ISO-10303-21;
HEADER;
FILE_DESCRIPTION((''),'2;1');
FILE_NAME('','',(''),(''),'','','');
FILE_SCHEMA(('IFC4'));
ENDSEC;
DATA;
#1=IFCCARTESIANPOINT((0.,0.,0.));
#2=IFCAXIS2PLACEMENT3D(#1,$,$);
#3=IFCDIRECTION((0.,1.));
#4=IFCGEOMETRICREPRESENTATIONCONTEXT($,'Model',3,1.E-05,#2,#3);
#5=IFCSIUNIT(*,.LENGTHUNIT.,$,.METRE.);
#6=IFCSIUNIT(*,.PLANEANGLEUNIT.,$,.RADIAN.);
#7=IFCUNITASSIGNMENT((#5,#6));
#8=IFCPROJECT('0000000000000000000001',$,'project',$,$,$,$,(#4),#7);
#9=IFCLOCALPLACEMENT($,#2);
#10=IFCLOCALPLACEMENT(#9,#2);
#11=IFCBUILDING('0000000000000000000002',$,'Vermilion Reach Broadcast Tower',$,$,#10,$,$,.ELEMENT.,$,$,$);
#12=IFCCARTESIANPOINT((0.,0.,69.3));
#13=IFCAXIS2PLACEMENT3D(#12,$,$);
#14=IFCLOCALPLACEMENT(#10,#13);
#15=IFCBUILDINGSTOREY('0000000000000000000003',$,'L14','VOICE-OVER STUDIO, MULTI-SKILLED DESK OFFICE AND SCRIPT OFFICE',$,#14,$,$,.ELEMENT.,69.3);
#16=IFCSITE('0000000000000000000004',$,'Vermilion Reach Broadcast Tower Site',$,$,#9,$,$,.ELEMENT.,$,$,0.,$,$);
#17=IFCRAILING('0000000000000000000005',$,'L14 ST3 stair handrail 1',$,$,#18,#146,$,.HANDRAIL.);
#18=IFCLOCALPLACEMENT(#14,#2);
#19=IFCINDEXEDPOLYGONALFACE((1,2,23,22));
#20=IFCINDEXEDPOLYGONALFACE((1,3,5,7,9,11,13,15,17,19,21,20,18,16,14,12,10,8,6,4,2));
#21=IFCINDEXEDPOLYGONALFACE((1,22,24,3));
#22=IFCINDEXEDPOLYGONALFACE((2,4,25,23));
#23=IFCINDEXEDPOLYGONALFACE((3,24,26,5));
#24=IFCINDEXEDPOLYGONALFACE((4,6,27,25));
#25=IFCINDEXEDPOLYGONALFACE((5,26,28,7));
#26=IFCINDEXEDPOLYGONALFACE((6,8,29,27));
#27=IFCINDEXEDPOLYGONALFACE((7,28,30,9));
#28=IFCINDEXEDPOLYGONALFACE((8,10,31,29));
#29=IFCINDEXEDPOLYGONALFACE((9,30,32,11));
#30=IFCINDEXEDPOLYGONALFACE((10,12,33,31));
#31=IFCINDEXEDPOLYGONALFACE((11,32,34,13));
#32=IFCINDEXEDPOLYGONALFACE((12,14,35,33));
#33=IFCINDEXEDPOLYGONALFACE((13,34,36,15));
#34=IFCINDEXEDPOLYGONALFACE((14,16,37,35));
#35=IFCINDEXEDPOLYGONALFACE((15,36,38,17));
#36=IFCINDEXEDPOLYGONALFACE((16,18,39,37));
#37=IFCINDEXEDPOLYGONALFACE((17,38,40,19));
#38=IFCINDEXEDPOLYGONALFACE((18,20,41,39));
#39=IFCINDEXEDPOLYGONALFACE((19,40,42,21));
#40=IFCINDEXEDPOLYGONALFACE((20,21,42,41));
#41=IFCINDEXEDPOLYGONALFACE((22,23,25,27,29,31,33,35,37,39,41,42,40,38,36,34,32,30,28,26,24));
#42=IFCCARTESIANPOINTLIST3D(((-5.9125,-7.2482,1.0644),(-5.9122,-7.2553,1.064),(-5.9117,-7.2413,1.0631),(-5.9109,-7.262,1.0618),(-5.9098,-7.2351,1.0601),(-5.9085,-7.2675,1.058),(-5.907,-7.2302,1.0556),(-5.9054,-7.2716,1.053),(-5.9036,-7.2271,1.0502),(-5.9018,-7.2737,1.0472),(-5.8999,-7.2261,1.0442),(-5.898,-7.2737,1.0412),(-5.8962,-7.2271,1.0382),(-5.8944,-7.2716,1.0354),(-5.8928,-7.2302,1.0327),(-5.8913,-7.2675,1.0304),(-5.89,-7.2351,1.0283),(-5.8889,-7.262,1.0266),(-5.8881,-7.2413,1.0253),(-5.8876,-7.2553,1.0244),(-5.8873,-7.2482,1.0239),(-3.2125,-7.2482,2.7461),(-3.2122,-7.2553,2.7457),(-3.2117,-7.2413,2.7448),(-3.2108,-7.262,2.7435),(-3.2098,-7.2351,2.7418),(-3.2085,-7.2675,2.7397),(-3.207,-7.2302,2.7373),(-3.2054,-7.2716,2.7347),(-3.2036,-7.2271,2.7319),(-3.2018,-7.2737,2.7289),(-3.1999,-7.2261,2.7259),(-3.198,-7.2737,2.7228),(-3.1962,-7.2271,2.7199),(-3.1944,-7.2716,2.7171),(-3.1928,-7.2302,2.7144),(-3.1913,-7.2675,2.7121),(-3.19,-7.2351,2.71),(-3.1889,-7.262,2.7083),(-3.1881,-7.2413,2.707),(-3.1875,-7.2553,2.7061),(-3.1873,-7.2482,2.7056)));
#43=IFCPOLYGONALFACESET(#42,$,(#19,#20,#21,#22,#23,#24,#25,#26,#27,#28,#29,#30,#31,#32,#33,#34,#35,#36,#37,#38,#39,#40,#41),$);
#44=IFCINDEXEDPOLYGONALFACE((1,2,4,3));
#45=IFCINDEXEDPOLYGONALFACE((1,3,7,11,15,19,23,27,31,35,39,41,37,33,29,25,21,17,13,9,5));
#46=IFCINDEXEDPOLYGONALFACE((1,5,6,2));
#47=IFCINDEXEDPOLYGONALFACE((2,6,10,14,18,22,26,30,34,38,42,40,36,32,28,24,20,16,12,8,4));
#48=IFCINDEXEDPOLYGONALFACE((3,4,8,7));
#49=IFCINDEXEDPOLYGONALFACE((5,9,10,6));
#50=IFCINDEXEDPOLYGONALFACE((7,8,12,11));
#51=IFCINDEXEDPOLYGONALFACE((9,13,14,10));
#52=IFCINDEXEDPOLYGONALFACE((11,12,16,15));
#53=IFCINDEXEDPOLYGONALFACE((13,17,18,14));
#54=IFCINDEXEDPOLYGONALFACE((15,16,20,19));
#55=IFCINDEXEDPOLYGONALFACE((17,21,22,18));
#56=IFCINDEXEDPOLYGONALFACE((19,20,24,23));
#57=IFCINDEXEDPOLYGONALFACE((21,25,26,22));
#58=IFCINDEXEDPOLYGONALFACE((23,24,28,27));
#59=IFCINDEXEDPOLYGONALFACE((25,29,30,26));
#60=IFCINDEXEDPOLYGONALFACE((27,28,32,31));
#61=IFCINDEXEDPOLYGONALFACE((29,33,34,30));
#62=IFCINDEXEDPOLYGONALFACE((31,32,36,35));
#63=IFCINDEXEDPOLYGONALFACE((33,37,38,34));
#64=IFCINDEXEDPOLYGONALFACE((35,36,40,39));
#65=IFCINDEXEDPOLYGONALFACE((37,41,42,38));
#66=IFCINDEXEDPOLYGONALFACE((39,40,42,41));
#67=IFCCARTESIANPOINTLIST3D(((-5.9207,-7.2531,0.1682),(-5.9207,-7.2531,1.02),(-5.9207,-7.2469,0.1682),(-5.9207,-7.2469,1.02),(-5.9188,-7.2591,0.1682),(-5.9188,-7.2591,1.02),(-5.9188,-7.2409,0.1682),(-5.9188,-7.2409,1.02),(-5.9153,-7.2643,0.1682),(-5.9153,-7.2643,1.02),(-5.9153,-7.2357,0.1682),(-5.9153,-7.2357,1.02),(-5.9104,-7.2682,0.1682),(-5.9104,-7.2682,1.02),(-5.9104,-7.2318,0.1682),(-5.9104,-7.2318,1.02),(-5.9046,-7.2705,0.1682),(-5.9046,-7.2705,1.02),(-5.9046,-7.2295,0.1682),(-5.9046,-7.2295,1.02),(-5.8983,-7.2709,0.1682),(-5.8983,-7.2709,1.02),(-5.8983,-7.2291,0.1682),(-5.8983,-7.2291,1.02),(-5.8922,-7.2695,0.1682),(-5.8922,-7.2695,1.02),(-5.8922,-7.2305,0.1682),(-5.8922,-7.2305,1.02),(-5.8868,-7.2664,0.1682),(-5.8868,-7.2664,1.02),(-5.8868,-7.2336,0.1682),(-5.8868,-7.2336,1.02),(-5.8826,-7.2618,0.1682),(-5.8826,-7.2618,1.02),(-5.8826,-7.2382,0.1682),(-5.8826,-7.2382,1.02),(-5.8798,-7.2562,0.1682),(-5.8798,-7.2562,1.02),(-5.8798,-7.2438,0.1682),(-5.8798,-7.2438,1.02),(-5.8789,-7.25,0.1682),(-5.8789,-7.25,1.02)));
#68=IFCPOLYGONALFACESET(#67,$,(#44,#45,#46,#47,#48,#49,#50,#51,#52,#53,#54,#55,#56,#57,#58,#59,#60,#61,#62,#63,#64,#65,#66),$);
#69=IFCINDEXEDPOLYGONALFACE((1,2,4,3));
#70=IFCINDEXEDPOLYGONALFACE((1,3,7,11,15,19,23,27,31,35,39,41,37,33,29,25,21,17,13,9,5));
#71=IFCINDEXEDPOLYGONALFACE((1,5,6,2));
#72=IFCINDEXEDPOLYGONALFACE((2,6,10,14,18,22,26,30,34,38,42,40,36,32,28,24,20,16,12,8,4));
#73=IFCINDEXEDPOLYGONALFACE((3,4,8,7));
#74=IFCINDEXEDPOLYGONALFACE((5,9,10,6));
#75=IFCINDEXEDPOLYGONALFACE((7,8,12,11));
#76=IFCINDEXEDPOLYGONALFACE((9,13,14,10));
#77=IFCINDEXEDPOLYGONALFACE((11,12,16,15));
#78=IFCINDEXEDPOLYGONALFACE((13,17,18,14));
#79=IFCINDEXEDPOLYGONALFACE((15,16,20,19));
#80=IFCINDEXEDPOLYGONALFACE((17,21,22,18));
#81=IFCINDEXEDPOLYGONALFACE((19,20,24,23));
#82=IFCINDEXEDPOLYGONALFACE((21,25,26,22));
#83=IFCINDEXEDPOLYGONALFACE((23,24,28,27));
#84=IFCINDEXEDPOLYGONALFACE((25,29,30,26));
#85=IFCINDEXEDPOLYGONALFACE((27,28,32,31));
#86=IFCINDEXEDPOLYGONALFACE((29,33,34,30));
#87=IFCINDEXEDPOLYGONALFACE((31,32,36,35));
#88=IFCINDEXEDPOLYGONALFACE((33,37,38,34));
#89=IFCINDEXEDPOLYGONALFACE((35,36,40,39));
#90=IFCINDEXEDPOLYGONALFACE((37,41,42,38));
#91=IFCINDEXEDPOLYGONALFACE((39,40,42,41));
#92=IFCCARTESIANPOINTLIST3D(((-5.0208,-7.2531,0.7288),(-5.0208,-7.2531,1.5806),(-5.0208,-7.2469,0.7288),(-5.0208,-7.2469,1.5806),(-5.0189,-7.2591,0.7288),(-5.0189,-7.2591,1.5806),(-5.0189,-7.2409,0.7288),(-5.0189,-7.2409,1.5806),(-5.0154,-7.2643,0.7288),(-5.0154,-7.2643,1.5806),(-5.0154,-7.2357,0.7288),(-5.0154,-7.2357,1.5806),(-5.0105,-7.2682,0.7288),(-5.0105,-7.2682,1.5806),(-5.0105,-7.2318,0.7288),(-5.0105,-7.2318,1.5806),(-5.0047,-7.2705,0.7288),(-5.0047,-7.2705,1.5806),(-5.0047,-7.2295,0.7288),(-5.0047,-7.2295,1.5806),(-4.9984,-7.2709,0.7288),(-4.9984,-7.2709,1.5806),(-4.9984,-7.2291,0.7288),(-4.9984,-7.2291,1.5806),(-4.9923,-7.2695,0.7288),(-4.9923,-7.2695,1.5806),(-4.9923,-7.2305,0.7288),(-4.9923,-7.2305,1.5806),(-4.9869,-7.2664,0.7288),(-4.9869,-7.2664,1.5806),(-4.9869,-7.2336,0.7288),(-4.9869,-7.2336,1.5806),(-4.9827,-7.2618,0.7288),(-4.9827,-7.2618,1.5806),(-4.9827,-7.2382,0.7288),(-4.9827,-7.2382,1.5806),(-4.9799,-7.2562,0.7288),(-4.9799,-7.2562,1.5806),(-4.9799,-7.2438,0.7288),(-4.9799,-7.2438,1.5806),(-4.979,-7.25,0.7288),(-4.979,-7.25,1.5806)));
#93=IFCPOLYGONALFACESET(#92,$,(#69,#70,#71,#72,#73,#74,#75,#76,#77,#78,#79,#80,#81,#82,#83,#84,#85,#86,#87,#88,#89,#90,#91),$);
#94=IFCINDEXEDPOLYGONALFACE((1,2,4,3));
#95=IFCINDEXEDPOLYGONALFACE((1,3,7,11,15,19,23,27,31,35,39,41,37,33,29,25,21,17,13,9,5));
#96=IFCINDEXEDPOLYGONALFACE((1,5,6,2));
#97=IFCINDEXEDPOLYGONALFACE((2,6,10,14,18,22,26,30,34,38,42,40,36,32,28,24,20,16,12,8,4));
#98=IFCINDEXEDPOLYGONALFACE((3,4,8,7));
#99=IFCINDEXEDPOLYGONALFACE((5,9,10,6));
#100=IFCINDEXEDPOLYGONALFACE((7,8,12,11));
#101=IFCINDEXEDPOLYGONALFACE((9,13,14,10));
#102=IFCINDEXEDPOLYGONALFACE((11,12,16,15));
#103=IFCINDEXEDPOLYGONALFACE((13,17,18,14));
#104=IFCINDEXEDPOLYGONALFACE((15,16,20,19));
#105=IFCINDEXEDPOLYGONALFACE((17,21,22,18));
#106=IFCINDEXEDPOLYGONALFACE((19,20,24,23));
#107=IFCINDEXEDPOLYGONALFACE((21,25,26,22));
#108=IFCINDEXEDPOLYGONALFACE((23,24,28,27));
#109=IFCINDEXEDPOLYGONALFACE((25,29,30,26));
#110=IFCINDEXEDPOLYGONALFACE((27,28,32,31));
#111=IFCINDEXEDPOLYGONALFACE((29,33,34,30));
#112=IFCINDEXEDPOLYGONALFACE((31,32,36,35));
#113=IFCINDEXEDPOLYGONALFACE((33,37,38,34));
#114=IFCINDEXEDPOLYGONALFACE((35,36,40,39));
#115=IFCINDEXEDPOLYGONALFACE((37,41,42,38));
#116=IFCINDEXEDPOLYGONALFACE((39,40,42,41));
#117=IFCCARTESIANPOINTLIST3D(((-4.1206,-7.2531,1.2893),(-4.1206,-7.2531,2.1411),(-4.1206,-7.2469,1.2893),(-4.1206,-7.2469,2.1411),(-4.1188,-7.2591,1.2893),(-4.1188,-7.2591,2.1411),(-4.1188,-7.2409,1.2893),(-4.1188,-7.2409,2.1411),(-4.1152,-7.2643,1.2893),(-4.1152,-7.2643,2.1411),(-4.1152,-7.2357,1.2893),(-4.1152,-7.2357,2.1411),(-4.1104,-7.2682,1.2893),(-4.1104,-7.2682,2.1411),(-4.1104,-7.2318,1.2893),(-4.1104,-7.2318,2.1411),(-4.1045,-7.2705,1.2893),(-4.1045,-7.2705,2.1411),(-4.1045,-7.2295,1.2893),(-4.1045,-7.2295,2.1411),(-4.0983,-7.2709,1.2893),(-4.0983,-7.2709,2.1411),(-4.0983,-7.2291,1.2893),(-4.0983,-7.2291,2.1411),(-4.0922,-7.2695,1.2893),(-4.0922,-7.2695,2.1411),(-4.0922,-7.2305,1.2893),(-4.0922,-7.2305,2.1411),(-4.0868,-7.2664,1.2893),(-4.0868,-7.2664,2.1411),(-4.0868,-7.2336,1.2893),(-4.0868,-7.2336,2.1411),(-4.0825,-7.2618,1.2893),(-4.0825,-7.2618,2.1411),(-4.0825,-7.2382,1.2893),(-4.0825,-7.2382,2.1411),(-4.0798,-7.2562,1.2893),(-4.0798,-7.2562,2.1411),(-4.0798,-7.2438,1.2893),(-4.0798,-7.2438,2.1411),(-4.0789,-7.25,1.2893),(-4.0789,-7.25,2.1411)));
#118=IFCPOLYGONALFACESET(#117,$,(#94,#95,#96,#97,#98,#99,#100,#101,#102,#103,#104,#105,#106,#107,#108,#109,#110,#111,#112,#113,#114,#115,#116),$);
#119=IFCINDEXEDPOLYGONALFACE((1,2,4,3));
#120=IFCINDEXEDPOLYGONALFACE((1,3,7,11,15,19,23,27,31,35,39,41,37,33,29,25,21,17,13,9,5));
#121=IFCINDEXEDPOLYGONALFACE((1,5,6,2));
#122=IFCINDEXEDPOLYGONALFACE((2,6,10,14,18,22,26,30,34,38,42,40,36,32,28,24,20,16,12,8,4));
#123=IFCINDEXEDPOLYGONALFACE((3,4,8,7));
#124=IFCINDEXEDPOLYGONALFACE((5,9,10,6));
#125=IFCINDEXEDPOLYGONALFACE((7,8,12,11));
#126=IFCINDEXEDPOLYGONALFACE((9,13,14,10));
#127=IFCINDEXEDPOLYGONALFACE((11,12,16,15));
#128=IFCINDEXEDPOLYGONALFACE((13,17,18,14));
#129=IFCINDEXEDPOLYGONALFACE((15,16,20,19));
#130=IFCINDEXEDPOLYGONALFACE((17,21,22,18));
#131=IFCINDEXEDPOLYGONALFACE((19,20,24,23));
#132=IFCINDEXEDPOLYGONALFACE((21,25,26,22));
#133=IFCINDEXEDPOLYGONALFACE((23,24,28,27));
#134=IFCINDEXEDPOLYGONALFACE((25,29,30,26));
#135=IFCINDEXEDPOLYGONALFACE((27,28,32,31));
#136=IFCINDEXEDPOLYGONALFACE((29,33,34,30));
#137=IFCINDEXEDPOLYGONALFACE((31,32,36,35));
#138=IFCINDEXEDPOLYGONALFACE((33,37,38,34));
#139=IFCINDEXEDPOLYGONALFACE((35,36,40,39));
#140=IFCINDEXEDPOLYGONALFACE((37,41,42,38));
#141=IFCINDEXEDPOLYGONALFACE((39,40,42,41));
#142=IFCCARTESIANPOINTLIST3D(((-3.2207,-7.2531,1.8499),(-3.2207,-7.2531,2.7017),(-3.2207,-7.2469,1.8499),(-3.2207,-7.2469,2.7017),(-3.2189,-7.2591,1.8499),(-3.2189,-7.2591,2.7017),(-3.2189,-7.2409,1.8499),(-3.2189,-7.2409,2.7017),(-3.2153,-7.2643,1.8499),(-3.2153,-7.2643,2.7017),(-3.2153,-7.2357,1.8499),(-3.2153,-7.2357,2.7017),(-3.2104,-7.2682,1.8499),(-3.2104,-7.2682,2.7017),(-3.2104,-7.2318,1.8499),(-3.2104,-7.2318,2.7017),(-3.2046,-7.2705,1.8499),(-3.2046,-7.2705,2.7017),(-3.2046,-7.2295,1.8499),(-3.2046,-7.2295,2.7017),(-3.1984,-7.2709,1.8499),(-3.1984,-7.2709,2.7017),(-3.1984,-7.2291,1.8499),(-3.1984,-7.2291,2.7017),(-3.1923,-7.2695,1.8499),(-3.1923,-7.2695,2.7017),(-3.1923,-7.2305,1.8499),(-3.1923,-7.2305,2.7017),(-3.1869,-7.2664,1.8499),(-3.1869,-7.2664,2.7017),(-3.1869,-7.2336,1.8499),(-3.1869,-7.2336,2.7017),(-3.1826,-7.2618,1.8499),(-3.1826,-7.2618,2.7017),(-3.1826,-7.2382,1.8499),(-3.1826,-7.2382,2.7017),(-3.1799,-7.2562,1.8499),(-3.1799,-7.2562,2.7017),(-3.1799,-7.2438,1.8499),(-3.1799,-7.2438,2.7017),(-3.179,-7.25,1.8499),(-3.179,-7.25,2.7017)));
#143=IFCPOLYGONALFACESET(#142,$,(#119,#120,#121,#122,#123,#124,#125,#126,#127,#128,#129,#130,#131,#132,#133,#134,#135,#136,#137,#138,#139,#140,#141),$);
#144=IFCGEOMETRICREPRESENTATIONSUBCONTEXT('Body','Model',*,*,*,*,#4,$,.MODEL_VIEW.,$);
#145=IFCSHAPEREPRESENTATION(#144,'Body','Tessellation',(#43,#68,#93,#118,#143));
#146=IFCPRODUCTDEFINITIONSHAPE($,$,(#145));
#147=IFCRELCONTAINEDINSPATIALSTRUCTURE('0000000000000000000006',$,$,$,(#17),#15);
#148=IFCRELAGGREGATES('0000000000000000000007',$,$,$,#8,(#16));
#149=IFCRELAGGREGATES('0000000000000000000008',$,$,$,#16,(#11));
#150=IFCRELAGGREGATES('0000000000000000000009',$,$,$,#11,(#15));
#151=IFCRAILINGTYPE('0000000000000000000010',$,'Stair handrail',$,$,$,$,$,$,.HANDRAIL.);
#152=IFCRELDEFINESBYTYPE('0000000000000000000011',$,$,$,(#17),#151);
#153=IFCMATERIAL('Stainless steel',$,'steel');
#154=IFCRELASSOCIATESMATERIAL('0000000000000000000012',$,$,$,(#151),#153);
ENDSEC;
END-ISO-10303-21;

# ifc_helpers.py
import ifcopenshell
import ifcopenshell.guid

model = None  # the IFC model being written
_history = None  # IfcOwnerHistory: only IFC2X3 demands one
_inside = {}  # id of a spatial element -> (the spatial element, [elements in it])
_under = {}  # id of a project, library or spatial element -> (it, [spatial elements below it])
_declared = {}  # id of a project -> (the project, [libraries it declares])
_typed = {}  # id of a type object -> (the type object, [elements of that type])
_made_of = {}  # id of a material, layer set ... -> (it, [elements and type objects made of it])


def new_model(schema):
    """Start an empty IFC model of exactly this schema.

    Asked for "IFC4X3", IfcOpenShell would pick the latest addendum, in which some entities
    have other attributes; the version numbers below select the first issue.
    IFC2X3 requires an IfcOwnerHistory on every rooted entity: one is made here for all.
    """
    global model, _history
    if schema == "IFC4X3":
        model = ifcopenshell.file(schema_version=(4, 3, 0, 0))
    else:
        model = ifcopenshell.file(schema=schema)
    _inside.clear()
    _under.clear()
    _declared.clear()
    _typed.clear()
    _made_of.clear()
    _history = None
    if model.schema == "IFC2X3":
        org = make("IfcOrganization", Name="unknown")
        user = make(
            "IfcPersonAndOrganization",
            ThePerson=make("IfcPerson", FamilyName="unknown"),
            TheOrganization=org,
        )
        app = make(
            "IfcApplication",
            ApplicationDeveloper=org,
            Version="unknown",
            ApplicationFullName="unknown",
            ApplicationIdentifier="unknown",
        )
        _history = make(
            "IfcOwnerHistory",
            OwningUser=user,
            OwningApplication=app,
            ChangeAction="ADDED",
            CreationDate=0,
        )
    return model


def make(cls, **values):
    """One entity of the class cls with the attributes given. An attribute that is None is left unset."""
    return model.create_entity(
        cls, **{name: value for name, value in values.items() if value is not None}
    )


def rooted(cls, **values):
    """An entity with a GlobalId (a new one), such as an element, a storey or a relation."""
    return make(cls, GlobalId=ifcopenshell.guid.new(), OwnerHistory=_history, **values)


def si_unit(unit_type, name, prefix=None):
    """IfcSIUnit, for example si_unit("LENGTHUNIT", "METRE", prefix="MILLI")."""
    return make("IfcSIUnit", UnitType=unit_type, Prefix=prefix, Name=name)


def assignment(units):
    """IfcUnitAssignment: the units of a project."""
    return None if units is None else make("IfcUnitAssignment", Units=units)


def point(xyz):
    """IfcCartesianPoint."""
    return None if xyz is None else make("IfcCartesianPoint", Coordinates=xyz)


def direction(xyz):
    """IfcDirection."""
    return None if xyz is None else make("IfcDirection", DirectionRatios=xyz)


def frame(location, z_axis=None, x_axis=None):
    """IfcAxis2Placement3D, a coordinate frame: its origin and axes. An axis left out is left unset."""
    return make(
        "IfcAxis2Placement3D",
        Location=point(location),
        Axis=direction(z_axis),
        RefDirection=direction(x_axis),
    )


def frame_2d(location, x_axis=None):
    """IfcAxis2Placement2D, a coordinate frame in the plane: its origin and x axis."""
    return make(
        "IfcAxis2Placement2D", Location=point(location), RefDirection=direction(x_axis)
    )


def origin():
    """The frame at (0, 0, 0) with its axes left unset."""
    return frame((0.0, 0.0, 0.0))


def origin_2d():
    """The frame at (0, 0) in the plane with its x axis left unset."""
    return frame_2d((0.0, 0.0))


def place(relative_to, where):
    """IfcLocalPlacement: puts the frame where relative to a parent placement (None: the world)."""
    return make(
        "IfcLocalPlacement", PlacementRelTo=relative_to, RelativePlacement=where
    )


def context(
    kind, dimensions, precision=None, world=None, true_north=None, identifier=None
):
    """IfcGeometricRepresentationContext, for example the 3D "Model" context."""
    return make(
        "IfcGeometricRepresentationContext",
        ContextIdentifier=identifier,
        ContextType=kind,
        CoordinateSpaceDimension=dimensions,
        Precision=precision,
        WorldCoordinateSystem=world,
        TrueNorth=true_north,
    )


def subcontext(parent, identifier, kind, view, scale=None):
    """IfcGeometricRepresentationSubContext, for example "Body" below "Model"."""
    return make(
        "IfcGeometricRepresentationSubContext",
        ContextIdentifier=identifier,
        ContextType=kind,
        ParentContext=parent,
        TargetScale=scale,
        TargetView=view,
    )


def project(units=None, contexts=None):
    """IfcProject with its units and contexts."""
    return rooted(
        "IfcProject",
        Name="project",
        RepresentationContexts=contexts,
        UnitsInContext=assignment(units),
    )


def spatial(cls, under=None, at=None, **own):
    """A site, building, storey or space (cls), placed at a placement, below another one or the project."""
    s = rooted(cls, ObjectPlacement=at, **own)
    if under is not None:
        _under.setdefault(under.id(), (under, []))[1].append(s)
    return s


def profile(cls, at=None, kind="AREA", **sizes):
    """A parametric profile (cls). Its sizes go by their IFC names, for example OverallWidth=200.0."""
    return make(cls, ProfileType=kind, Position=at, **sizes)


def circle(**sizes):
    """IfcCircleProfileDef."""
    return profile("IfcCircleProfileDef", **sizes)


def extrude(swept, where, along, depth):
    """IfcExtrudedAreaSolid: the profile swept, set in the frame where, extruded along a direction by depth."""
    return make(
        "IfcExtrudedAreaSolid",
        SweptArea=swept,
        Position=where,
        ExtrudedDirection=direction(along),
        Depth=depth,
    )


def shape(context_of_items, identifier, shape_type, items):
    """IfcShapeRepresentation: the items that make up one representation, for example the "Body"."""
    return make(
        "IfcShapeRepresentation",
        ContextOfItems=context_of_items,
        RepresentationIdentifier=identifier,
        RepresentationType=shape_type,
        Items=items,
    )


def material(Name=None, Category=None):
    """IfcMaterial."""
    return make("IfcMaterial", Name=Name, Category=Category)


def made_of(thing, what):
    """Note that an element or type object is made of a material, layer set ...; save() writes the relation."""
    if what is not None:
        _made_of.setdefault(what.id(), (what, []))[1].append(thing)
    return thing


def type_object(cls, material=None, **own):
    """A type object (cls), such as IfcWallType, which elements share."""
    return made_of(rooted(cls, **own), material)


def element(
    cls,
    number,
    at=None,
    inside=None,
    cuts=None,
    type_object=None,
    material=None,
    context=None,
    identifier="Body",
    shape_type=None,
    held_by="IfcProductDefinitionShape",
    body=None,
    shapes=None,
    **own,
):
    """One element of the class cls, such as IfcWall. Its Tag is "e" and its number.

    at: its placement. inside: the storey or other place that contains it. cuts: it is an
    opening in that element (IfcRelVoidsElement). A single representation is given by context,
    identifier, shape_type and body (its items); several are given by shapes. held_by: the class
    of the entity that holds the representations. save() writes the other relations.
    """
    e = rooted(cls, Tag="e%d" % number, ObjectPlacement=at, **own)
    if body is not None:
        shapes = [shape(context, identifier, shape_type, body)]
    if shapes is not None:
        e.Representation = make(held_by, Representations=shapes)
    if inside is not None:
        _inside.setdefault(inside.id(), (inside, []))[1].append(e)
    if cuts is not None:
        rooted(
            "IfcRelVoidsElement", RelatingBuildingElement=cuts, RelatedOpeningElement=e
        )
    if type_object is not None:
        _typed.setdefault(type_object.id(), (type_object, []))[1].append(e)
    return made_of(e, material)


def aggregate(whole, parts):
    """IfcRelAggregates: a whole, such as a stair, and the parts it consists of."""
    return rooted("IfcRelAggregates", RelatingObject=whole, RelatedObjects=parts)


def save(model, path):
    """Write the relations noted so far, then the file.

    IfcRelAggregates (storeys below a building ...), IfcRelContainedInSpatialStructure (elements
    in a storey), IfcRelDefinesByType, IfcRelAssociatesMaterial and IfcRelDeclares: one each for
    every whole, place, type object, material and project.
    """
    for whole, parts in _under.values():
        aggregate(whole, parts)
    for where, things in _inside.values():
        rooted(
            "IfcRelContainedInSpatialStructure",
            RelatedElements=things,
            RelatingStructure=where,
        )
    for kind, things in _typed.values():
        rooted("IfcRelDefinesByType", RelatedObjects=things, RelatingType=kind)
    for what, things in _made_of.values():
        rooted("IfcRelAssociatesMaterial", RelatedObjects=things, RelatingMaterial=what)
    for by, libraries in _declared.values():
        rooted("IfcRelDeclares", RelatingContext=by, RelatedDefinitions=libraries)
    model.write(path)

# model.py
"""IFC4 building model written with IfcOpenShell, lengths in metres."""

from ifc_helpers import new_model, si_unit, direction, frame, origin, origin_2d, place, context, subcontext, project, spatial, circle, extrude, material, type_object, element, save


model = new_model("IFC4")

# Units and contexts
model_context = context("Model", 3, precision=1e-05, world=origin(), true_north=direction((0.0, 1.0)))
body_context = subcontext(model_context, "Body", "Model", "MODEL_VIEW")
ifc_project = project(units=[si_unit("LENGTHUNIT", "METRE"), si_unit("PLANEANGLEUNIT", "RADIAN")], contexts=[model_context])

# Site, building, storey
site_placement = place(None, origin())
site = spatial("IfcSite", under=ifc_project, at=site_placement, Name="Vermilion Reach Broadcast Tower Site", CompositionType="ELEMENT", RefElevation=0.0)
building_placement = place(site_placement, origin())
building = spatial("IfcBuilding", under=site, at=building_placement, Name="Vermilion Reach Broadcast Tower", CompositionType="ELEMENT")
storey_placement = place(building_placement, frame((0.0, 0.0, 69.3)))
storey = spatial("IfcBuildingStorey", under=building, at=storey_placement, Name="L14", Description="VOICE-OVER STUDIO, MULTI-SKILLED DESK OFFICE AND SCRIPT OFFICE", CompositionType="ELEMENT", Elevation=69.3)

# Railing
ifc_material_1 = material(Name="Stainless steel", Category="steel")
railing_type_1 = type_object("IfcRailingType", Name="Stair handrail", PredefinedType="HANDRAIL", material=ifc_material_1)
railing_1_placement = place(storey_placement, frame((-5.8999, -7.25, 0.1682)))
element("IfcRailing", 1, at=railing_1_placement, inside=storey, type_object=railing_type_1, Name="L14 ST3 stair handrail 1", PredefinedType="HANDRAIL", context=body_context, shape_type="SweptSolid", body=[
    extrude(circle(Radius=0.0239, at=origin_2d()), frame((0.0, 0.0, 0.876), z_axis=(0.848821, 0.0, 0.528681), x_axis=(0.0, 1.0, 0.0)), (0.0, 0.0, 1.0), 3.1809),
    extrude(circle(Radius=0.021, at=origin_2d()), origin(), (0.0, 0.0, 1.0), 0.8518),
    extrude(circle(Radius=0.021, at=origin_2d()), frame((0.8999, 0.0, 0.5605)), (0.0, 0.0, 1.0), 0.8518),
    extrude(circle(Radius=0.021, at=origin_2d()), frame((1.8, 0.0, 1.1211)), (0.0, 0.0, 1.0), 0.8518),
    extrude(circle(Radius=0.021, at=origin_2d()), frame((2.7, 0.0, 1.6816)), (0.0, 0.0, 1.0), 0.8518),
])

save(model, "model.ifc")
